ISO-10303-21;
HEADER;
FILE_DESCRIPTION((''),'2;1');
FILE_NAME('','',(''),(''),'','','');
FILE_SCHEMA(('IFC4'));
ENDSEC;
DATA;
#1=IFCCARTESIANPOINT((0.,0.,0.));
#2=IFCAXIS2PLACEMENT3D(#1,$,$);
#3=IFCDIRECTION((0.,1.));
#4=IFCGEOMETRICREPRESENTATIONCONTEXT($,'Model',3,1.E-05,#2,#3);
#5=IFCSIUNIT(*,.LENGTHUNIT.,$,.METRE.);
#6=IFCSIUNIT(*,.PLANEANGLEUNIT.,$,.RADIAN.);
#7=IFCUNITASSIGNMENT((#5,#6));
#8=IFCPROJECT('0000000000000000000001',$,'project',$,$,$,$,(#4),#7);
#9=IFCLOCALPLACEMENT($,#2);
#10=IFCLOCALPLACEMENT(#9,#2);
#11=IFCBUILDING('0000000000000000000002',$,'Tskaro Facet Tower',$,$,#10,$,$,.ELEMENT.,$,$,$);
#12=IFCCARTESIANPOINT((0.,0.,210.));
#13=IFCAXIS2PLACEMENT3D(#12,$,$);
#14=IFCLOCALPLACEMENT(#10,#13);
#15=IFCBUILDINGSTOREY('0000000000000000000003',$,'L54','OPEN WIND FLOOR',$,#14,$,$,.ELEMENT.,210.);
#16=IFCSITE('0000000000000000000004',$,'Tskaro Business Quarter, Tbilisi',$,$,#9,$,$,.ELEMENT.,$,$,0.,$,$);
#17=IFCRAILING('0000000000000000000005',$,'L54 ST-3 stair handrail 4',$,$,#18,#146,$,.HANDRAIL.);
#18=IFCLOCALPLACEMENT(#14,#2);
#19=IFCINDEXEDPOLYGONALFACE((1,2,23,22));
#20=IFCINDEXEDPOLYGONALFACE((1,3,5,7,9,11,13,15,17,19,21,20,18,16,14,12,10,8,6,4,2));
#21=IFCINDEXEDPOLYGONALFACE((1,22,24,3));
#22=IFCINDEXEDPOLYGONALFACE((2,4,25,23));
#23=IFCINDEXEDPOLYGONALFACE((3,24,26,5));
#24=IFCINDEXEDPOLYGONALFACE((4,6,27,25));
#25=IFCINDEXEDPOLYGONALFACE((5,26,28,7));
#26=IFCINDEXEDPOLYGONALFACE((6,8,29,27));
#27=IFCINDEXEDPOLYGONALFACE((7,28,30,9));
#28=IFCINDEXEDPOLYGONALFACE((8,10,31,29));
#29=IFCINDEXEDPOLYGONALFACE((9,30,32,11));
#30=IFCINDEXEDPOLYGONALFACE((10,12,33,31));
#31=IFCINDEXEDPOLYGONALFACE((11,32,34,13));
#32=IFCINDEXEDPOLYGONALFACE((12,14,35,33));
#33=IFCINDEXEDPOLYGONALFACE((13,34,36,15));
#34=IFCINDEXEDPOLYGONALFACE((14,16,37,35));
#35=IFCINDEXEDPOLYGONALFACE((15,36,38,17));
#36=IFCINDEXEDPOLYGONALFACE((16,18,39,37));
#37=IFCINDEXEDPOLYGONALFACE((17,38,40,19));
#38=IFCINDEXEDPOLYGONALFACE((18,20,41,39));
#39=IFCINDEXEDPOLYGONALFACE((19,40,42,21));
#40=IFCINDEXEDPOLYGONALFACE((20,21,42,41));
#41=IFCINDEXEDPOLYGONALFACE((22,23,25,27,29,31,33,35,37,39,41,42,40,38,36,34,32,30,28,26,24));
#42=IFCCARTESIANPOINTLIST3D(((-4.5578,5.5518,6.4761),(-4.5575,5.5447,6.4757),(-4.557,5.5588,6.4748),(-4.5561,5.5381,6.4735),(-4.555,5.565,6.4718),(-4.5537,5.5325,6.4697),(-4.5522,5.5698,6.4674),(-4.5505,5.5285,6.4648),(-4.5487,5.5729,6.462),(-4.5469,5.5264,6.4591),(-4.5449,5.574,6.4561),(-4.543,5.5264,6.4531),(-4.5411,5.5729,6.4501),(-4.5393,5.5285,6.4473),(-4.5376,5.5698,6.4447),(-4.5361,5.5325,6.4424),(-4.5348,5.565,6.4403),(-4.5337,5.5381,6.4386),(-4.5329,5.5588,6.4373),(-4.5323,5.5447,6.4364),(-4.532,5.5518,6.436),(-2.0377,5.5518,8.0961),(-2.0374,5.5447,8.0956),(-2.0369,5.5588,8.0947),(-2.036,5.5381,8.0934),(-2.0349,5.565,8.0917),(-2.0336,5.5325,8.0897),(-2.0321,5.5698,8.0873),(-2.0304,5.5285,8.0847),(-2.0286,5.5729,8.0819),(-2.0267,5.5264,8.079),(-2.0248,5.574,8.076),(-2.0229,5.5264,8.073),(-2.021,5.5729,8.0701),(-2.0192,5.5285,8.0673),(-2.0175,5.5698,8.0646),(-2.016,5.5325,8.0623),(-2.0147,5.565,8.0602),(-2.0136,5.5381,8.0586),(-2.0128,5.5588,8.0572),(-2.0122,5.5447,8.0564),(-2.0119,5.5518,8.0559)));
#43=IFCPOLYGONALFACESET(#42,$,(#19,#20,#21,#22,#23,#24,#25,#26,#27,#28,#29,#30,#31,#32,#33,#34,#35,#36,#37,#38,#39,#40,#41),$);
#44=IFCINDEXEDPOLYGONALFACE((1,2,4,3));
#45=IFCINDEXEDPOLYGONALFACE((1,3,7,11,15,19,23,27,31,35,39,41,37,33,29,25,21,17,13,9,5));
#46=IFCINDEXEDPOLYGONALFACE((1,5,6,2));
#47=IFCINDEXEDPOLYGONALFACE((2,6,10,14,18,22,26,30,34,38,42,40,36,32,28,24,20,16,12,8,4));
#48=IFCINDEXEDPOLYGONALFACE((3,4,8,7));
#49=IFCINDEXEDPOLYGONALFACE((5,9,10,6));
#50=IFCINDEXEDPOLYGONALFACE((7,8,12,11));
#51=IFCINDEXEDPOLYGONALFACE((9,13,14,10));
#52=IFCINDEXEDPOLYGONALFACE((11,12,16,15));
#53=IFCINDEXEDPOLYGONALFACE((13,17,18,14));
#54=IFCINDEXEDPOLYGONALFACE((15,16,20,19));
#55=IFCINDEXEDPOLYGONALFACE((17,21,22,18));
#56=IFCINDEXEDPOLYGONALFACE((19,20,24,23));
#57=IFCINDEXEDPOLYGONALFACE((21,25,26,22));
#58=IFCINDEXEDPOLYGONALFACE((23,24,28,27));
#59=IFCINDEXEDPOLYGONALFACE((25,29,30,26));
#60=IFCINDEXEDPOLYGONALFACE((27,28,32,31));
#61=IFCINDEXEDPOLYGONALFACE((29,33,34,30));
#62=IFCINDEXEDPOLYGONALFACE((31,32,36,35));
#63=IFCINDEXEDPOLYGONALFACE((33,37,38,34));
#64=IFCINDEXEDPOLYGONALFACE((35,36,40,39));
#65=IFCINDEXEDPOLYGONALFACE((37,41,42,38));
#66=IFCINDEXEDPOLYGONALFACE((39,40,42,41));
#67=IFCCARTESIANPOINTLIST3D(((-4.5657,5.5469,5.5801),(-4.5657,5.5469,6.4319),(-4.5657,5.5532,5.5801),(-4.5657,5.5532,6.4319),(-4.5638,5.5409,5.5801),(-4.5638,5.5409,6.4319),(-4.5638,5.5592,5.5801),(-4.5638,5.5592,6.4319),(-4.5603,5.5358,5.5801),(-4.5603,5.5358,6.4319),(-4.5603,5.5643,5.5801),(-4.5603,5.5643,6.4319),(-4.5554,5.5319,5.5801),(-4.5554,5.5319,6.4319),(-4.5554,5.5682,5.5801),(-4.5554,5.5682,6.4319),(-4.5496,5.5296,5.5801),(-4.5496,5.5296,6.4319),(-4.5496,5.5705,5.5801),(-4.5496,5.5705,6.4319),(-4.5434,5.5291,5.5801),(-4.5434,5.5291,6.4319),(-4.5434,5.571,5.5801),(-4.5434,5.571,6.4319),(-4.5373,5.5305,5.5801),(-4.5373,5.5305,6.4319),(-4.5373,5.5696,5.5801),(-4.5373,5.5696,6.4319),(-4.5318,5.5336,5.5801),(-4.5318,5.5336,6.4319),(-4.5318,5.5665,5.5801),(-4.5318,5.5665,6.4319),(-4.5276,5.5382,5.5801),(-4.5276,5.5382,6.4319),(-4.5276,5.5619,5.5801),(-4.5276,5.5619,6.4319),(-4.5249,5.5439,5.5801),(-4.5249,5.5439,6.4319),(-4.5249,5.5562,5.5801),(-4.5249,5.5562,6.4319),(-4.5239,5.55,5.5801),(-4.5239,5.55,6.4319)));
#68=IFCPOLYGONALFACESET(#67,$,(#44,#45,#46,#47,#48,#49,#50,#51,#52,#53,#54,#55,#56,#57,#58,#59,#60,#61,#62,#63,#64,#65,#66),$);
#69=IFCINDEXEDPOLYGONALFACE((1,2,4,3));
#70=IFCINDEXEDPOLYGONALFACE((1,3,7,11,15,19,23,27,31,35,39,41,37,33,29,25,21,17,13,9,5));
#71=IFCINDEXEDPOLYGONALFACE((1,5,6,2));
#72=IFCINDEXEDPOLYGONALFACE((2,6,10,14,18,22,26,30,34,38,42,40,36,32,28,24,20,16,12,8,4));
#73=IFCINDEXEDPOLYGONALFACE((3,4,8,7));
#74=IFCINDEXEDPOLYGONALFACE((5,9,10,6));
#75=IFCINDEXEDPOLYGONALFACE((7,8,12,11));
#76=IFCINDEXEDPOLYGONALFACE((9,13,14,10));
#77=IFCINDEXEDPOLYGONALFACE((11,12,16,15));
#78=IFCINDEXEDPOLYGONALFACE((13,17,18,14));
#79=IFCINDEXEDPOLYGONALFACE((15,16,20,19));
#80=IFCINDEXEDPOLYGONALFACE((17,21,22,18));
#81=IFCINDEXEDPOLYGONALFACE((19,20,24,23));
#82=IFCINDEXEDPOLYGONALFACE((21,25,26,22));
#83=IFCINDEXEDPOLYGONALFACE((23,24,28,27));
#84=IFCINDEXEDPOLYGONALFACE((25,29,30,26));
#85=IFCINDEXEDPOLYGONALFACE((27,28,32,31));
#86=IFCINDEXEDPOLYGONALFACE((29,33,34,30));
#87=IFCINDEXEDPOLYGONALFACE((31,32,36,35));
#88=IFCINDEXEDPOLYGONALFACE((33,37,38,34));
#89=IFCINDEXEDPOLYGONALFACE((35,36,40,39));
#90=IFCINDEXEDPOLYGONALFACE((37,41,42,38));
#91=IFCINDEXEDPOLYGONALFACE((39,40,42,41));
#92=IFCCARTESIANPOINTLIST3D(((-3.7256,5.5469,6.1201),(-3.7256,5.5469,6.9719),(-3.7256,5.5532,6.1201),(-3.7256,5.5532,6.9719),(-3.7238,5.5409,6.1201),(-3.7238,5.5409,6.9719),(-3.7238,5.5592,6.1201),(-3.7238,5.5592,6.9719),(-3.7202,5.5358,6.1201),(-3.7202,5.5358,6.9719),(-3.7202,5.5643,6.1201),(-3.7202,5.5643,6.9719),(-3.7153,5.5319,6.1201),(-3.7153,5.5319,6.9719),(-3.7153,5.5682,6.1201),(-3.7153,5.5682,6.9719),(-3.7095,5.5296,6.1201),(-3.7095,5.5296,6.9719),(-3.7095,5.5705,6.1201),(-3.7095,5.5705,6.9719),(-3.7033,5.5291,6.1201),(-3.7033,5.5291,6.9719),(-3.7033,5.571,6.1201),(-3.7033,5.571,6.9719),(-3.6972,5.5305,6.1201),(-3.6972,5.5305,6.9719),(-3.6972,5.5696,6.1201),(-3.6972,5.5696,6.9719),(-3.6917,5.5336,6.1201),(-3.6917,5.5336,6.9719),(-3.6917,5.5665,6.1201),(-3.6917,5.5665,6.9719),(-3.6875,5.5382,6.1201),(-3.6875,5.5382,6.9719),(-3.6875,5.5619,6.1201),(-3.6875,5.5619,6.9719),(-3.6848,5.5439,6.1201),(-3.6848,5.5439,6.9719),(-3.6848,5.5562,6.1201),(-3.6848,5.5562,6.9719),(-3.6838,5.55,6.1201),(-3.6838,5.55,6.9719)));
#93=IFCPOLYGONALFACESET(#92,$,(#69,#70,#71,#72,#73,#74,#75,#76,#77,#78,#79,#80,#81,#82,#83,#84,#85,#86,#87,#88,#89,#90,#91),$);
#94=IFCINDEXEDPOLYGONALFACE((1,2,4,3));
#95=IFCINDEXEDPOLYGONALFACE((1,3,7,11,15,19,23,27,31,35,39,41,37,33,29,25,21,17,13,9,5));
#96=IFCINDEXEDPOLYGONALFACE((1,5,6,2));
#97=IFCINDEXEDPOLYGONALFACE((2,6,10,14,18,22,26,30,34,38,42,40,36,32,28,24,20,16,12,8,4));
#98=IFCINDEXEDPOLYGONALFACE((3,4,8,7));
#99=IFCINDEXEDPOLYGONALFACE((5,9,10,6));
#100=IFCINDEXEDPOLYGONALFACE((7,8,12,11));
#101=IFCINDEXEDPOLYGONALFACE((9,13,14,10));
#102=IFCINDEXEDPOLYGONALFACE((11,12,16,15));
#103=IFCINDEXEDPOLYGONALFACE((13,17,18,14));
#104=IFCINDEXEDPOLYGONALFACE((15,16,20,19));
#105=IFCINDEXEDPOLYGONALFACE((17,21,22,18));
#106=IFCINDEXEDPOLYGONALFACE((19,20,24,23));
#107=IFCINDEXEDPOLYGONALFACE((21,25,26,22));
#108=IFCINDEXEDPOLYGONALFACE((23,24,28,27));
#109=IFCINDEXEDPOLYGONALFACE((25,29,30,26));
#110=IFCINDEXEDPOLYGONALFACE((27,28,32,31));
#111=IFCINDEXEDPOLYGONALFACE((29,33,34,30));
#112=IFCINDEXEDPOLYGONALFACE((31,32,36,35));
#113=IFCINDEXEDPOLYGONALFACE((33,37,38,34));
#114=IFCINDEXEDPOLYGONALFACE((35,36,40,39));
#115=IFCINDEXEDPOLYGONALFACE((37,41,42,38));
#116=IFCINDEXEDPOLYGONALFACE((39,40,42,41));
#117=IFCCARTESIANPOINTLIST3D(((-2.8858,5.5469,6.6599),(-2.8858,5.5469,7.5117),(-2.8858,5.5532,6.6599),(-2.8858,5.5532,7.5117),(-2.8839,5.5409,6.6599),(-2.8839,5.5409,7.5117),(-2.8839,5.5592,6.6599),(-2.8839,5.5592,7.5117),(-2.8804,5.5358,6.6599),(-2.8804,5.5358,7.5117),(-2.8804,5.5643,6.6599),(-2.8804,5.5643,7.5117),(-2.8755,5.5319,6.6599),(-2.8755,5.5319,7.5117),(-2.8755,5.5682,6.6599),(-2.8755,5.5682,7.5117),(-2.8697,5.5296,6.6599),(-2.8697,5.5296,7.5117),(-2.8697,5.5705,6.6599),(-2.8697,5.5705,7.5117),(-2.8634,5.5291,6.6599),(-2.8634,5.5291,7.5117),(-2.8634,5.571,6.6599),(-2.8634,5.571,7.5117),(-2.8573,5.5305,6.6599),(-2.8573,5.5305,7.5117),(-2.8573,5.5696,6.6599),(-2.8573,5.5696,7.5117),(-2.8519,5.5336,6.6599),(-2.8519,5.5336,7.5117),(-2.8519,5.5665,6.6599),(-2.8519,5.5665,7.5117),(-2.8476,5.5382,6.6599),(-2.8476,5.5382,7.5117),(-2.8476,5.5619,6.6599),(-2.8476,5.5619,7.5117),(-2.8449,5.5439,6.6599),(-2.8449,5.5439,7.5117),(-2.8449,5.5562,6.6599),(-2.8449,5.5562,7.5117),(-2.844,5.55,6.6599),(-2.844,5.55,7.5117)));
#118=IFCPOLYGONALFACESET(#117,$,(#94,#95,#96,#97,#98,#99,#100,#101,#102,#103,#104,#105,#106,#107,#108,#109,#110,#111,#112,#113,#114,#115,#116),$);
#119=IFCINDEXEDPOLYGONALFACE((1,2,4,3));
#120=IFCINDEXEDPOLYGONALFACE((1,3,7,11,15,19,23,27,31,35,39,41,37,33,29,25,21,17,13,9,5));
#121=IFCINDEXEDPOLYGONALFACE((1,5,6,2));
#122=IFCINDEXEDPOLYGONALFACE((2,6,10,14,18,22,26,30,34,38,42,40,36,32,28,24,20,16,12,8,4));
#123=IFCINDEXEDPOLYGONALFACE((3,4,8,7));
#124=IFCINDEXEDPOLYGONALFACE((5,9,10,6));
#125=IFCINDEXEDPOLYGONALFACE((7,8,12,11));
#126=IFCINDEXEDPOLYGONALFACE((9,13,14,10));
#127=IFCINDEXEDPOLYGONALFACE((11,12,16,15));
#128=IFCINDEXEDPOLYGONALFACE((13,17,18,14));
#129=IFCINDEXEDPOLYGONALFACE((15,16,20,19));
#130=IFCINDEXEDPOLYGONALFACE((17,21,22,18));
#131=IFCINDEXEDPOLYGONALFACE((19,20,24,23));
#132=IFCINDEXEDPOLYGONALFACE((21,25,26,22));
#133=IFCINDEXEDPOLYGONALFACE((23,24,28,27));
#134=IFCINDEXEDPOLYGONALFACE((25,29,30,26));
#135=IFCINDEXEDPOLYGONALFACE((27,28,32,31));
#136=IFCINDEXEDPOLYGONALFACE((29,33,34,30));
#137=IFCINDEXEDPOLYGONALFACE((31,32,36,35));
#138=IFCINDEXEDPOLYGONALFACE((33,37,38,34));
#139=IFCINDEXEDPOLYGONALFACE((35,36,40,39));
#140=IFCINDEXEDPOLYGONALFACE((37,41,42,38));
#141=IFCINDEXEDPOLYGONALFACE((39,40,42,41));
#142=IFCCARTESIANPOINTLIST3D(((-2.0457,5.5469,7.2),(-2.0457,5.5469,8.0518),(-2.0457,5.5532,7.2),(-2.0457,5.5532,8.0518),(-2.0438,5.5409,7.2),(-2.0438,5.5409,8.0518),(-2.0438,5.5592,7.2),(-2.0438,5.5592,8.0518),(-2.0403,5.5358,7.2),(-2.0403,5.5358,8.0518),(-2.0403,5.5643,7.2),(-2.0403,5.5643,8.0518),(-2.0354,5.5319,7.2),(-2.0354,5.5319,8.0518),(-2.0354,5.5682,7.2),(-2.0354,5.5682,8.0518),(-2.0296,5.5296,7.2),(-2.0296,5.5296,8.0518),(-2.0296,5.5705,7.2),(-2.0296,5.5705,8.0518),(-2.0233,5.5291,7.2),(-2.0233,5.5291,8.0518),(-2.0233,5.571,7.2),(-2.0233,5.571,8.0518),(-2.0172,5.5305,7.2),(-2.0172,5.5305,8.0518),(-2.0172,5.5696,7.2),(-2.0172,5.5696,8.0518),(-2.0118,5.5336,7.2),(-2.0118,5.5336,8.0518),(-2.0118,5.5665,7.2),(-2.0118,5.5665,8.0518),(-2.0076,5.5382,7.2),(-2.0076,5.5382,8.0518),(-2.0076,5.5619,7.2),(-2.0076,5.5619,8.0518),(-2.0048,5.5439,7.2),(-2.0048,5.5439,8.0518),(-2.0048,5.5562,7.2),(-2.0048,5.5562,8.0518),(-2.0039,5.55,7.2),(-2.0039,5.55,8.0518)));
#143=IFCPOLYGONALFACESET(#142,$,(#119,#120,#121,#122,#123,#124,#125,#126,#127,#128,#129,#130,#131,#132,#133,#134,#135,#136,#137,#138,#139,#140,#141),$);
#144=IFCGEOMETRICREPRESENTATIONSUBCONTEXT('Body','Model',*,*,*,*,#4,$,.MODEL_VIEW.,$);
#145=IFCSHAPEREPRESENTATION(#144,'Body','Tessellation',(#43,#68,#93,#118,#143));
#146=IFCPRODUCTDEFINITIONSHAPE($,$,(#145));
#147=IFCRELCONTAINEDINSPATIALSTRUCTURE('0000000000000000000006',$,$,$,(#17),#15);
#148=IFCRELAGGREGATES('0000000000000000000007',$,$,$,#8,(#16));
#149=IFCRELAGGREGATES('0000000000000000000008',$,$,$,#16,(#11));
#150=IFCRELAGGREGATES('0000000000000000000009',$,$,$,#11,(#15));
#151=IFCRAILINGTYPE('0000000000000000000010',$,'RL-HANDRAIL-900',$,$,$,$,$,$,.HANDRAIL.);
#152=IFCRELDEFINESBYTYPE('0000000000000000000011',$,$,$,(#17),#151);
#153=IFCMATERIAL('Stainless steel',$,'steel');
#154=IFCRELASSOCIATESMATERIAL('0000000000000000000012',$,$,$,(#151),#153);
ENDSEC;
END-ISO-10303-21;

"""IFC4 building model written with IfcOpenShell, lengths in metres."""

from ifc_helpers import new_model, si_unit, direction, frame, origin, origin_2d, place, context, subcontext, project, spatial, circle, extrude, material, type_object, element, save


model = new_model("IFC4")

# Units and contexts
model_context = context("Model", 3, precision=1e-05, world=origin(), true_north=direction((0.0, 1.0)))
body_context = subcontext(model_context, "Body", "Model", "MODEL_VIEW")
ifc_project = project(units=[si_unit("LENGTHUNIT", "METRE"), si_unit("PLANEANGLEUNIT", "RADIAN")], contexts=[model_context])

# Site, building, storey
site_placement = place(None, origin())
site = spatial("IfcSite", under=ifc_project, at=site_placement, Name="Tskaro Business Quarter, Tbilisi", CompositionType="ELEMENT", RefElevation=0.0)
building_placement = place(site_placement, origin())
building = spatial("IfcBuilding", under=site, at=building_placement, Name="Tskaro Facet Tower", CompositionType="ELEMENT")
storey_placement = place(building_placement, frame((0.0, 0.0, 210.0)))
storey = spatial("IfcBuildingStorey", under=building, at=storey_placement, Name="L54", Description="OPEN WIND FLOOR", CompositionType="ELEMENT", Elevation=210.0)

# Railing
ifc_material_1 = material(Name="Stainless steel", Category="steel")
railing_type_1 = type_object("IfcRailingType", Name="RL-HANDRAIL-900", PredefinedType="HANDRAIL", material=ifc_material_1)
railing_1_placement = place(storey_placement, frame((-4.5449, 5.55, 5.5801)))
element("IfcRailing", 1, at=railing_1_placement, inside=storey, type_object=railing_type_1, Name="L54 ST-3 stair handrail 4", PredefinedType="HANDRAIL", context=body_context, shape_type="SweptSolid", body=[
    extrude(circle(Radius=0.0239, at=origin_2d()), frame((0.0, 0.0, 0.876), z_axis=(0.8412, 0.0, 0.540725), x_axis=(0.0, 1.0, 0.0)), (0.0, 0.0, 1.0), 2.9958),
    extrude(circle(Radius=0.021, at=origin_2d()), origin(), (0.0, 0.0, 1.0), 0.8518),
    extrude(circle(Radius=0.021, at=origin_2d()), frame((0.8401, 0.0, 0.54)), (0.0, 0.0, 1.0), 0.8518),
    extrude(circle(Radius=0.021, at=origin_2d()), frame((1.6799, 0.0, 1.0798)), (0.0, 0.0, 1.0), 0.8518),
    extrude(circle(Radius=0.021, at=origin_2d()), frame((2.52, 0.0, 1.6199)), (0.0, 0.0, 1.0), 0.8518),
])

save(model, "model.ifc")
